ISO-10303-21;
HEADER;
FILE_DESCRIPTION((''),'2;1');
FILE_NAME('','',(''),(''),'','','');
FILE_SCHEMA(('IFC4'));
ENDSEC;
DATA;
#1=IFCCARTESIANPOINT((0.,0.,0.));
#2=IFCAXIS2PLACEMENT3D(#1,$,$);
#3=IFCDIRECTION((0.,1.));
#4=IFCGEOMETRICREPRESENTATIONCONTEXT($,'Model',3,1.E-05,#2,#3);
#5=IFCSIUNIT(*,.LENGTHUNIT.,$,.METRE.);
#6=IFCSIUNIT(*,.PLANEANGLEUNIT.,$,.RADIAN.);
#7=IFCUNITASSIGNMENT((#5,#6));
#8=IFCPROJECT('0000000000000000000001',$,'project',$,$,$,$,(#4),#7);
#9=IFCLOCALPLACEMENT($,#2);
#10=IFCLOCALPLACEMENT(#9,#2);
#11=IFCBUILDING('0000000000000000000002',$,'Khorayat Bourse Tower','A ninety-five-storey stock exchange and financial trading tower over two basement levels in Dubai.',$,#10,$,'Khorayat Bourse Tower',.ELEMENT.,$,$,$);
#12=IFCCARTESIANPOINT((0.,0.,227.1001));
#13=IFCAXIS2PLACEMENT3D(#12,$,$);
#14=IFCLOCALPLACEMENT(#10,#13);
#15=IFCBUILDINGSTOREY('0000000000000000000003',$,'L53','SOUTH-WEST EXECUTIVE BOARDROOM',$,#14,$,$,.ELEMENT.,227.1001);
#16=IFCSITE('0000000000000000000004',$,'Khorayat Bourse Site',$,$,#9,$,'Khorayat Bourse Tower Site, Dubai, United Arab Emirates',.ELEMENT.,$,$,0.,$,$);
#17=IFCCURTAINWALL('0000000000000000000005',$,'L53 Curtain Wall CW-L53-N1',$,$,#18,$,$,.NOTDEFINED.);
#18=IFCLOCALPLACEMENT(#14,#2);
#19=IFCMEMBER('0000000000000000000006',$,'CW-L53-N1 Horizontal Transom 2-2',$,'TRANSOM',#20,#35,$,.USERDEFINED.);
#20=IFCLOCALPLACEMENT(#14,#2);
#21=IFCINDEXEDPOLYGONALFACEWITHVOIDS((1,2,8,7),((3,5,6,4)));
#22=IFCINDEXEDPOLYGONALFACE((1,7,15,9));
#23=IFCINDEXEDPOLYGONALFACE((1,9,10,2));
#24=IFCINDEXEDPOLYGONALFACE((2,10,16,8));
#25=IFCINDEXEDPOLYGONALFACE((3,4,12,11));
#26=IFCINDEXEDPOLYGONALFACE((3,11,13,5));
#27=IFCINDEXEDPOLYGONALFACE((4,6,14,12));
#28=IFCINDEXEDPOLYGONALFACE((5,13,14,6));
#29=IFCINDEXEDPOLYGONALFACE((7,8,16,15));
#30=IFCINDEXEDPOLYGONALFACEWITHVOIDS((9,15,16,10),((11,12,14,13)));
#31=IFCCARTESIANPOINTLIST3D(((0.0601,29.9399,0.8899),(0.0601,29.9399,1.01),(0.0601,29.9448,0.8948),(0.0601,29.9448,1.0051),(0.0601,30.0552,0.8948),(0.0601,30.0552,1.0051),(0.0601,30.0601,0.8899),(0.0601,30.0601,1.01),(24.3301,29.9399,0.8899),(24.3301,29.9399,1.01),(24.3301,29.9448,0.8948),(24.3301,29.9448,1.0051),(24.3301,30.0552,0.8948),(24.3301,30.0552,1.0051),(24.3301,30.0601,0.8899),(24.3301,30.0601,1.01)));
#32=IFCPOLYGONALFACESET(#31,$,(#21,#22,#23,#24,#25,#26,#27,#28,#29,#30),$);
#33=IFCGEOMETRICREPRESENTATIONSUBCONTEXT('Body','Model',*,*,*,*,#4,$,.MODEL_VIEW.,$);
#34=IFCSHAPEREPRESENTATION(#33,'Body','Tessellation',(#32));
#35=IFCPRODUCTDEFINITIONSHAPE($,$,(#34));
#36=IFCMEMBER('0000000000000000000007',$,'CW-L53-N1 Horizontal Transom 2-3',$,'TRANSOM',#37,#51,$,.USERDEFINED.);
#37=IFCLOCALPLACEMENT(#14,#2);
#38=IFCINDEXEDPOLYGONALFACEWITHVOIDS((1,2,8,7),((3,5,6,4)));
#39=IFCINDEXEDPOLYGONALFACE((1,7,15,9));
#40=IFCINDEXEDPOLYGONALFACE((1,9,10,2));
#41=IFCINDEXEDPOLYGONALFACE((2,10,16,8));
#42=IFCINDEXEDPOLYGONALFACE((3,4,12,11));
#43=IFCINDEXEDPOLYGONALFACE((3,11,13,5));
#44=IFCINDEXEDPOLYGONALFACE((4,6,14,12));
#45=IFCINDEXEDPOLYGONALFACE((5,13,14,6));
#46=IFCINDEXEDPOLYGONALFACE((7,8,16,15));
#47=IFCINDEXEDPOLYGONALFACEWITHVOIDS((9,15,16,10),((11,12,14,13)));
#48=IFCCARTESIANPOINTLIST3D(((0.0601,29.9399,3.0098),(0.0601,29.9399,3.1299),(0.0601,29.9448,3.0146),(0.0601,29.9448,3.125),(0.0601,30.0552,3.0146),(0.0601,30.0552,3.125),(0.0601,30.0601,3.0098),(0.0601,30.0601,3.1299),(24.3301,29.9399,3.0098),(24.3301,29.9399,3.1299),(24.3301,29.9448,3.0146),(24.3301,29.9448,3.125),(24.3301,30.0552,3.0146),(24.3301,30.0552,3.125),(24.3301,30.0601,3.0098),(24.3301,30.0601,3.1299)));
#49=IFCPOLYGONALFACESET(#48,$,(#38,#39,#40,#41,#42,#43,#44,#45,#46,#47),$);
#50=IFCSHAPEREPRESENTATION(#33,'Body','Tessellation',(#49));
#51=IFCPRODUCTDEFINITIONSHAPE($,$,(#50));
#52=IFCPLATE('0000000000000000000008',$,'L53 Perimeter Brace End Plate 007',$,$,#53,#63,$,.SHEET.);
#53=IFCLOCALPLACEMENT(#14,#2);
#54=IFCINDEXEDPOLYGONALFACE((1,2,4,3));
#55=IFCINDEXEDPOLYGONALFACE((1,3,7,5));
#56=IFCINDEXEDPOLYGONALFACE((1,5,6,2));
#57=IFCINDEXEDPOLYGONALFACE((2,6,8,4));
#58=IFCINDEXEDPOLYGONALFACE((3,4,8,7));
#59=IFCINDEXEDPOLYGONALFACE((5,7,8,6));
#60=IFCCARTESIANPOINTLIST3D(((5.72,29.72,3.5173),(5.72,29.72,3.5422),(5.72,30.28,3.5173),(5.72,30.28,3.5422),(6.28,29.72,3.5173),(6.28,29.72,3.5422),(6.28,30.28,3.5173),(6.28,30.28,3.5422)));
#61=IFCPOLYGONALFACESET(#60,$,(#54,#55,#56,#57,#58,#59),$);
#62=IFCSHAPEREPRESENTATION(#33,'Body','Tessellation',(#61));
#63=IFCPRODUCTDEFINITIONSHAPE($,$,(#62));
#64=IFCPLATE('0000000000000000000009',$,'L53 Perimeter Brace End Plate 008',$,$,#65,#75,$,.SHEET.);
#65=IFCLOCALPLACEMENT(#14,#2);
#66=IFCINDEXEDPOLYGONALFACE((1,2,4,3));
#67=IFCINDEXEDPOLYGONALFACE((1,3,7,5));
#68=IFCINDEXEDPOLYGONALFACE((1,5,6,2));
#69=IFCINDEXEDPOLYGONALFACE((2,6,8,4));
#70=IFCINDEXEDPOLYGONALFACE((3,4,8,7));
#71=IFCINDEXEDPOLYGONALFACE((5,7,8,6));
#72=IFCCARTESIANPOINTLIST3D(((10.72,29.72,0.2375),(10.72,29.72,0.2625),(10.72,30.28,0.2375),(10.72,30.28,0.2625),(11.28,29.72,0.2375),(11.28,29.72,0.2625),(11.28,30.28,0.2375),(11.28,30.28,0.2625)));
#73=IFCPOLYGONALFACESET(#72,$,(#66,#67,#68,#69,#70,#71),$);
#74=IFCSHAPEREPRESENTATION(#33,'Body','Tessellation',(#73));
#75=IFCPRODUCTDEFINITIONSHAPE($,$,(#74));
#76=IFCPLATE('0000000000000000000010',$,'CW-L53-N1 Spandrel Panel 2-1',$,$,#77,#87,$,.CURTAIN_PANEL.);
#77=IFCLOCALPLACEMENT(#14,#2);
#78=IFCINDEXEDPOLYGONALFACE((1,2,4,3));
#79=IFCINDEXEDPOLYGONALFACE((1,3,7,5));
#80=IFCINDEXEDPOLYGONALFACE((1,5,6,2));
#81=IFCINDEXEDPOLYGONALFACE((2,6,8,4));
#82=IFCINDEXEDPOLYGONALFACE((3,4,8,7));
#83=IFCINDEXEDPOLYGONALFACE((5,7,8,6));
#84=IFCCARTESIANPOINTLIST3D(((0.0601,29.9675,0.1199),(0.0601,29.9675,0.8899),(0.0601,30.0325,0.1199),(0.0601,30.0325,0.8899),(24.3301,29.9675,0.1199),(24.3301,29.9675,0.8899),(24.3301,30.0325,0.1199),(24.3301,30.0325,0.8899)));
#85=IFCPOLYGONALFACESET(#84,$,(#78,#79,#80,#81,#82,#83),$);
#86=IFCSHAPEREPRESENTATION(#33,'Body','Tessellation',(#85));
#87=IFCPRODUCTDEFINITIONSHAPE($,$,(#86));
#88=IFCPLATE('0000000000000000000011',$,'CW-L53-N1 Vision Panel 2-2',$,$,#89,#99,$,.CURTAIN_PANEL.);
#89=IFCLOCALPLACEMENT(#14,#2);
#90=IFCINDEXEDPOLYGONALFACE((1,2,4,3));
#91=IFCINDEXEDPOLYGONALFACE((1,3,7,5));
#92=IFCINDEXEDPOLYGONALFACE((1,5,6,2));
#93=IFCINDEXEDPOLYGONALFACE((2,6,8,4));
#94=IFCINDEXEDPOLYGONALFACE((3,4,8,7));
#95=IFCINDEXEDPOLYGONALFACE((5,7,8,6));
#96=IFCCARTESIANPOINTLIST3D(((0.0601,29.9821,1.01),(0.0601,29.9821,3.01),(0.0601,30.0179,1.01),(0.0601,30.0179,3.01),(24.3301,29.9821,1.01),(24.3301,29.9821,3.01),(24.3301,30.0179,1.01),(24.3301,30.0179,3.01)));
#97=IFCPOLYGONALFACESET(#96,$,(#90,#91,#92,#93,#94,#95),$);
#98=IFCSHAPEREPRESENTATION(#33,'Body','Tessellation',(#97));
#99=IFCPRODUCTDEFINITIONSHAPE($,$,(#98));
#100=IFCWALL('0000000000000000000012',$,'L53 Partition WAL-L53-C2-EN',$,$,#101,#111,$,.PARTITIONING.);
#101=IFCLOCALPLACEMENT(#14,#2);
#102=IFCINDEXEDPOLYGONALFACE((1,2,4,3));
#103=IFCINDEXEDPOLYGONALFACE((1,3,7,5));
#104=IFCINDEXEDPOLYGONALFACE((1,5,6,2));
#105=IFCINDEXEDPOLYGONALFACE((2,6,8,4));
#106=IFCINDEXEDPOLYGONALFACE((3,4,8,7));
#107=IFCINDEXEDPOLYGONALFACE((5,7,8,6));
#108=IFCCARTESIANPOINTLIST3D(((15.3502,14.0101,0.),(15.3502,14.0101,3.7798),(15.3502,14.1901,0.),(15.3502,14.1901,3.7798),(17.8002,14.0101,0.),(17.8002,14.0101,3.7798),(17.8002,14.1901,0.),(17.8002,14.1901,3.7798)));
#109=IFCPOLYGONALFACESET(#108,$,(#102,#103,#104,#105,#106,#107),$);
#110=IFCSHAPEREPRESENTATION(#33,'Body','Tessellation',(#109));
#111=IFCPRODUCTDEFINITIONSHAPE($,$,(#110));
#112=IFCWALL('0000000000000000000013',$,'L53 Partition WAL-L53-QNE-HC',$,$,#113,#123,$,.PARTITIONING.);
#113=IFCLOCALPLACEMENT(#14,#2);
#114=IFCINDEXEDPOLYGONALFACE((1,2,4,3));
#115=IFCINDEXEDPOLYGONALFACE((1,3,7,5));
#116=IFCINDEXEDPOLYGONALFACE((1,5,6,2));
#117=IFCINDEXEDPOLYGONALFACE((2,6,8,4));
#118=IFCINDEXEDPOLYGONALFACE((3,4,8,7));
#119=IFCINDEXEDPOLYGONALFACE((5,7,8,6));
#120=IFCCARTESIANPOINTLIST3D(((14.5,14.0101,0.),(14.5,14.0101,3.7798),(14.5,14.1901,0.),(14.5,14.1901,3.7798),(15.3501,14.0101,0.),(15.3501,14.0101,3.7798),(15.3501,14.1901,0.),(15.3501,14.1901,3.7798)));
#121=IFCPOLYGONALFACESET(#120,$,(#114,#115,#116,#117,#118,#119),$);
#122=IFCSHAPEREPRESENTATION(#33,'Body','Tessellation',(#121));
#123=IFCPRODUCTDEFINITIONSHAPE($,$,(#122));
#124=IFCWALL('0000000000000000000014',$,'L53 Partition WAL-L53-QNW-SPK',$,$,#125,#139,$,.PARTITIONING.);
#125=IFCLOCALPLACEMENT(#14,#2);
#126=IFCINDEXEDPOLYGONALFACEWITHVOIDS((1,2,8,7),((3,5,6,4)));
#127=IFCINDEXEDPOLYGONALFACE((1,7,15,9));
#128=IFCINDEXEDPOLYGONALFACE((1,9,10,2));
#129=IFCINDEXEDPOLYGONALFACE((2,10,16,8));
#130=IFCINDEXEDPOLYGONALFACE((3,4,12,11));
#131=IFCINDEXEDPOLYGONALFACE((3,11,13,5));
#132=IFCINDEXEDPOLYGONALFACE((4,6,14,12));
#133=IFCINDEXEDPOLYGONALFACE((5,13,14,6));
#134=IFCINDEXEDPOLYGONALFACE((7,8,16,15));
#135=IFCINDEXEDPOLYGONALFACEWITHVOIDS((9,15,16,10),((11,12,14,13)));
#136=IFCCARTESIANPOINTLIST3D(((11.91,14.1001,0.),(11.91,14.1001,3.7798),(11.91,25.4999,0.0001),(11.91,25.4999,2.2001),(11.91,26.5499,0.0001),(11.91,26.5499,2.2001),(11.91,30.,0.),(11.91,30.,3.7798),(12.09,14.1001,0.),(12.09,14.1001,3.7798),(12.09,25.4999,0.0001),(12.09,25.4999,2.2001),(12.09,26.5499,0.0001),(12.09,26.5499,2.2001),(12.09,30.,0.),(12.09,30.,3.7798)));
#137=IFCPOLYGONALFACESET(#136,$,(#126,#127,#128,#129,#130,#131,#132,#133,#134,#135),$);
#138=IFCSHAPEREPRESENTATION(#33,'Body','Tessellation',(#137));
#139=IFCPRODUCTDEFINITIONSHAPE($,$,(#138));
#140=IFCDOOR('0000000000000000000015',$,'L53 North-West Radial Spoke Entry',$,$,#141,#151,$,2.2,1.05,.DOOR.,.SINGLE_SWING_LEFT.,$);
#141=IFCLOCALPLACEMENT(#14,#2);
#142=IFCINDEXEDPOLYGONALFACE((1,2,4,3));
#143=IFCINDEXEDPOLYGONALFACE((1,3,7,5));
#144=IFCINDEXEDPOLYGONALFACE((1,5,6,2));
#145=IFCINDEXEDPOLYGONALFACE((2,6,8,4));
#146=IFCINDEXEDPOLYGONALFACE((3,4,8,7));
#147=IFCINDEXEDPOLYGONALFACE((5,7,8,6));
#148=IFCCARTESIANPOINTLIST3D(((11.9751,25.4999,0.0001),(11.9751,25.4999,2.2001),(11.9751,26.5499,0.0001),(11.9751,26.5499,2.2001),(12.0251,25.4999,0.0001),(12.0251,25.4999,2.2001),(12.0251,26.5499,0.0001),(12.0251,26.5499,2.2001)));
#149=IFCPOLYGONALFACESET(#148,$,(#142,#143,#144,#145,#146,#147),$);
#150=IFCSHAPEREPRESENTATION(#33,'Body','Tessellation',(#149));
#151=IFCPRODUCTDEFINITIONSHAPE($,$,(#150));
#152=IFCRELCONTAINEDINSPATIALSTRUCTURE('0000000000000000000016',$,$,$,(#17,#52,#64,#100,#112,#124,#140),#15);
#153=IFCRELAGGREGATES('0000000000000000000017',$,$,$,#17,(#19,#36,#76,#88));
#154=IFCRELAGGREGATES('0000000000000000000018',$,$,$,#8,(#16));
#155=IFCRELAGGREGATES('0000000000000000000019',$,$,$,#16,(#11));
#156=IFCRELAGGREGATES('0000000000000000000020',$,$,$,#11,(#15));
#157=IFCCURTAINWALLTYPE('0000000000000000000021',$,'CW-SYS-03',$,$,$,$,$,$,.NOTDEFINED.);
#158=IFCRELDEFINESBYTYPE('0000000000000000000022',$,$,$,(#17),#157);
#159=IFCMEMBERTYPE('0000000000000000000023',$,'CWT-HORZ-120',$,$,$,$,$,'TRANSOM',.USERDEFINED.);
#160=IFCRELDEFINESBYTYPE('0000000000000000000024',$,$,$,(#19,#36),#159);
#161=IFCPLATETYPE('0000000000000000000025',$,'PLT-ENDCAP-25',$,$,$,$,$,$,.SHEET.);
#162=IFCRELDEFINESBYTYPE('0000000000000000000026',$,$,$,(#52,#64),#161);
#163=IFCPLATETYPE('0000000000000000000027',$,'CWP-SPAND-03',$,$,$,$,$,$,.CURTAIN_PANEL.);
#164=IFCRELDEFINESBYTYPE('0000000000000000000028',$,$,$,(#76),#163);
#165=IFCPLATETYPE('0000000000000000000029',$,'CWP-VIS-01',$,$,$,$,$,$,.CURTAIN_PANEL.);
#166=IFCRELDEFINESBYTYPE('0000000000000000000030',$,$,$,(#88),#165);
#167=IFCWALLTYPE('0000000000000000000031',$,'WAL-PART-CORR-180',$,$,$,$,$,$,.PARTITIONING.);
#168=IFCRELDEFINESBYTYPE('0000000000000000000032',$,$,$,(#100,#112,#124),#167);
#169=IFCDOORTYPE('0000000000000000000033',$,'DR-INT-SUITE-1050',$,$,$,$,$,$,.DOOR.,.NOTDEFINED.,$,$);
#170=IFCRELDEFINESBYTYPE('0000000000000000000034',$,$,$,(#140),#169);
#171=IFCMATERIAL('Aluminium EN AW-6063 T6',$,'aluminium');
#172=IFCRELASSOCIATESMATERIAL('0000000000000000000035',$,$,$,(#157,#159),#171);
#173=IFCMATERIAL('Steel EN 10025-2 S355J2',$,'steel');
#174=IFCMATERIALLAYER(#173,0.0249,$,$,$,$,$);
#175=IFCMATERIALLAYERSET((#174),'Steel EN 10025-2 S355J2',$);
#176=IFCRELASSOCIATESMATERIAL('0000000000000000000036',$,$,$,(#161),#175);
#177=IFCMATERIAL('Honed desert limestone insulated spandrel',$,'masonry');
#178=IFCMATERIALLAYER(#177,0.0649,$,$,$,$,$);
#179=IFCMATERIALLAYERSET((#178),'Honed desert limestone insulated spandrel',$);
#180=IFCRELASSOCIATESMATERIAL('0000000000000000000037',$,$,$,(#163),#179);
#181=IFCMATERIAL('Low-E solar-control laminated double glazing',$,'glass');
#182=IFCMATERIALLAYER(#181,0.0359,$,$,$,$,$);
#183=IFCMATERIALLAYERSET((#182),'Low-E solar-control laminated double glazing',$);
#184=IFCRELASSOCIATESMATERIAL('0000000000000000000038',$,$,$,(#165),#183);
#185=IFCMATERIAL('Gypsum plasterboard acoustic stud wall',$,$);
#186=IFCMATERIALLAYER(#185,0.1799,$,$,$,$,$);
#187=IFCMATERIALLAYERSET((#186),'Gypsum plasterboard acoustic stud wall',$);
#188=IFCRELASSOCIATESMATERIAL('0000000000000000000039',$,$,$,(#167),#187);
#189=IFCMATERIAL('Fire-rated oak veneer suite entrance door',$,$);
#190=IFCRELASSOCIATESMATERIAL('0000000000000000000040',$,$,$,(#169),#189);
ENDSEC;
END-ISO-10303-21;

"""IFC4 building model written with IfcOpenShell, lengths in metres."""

from ifc_helpers import new_model, si_unit, direction, frame, frame_2d, origin, origin_2d, place, context, subcontext, project, spatial, rectangle, hollow_rectangle, extrude, source, transform, mapped, material, layer, layer_set, material_profile, profile_set, type_object, element, fill, aggregate, save


model = new_model("IFC4")

# Units and contexts
model_context = context("Model", 3, precision=1e-05, world=origin(), true_north=direction((0.0, 1.0)))
body_context = subcontext(model_context, "Body", "Model", "MODEL_VIEW")
ifc_project = project(units=[si_unit("LENGTHUNIT", "METRE"), si_unit("PLANEANGLEUNIT", "RADIAN")], contexts=[model_context])

# Site, building, storey
site_placement = place(None, origin())
site = spatial("IfcSite", under=ifc_project, at=site_placement, Name="Khorayat Bourse Site", LongName="Khorayat Bourse Tower Site, Dubai, United Arab Emirates", CompositionType="ELEMENT", RefElevation=0.0)
building_placement = place(site_placement, origin())
building = spatial("IfcBuilding", under=site, at=building_placement, Name="Khorayat Bourse Tower", Description="A ninety-five-storey stock exchange and financial trading tower over two basement levels in Dubai.", LongName="Khorayat Bourse Tower", CompositionType="ELEMENT")
storey_placement = place(building_placement, frame((0.0, 0.0, 227.1001)))
storey = spatial("IfcBuildingStorey", under=building, at=storey_placement, Name="L53", Description="SOUTH-WEST EXECUTIVE BOARDROOM", CompositionType="ELEMENT", Elevation=227.1001)

# Curtain wall, members
ifc_material_1 = material(Name="Aluminium EN AW-6063 T6", Category="aluminium")
curtain_wall_type = type_object("IfcCurtainWallType", Name="CW-SYS-03", PredefinedType="NOTDEFINED", material=ifc_material_1)
curtain_wall_placement = place(storey_placement, origin())
curtain_wall = element("IfcCurtainWall", 1, at=curtain_wall_placement, inside=storey, type_object=curtain_wall_type, Name="L53 Curtain Wall CW-L53-N1", PredefinedType="NOTDEFINED")
ifc_material_profile_1 = material_profile(ifc_material_1, hollow_rectangle(XDim=0.1201, YDim=0.1201, WallThickness=0.0049, at=origin_2d()), Name="ALU 120x120x5")
ifc_profile_set_1 = profile_set([ifc_material_profile_1], Name="Aluminium EN AW-6063 T6")
member_type_1 = type_object("IfcMemberType", Name="CWT-HORZ-120", ElementType="TRANSOM", PredefinedType="USERDEFINED", material=ifc_profile_set_1)
shared_shape_1 = source(origin(), body_context, "Body", "SweptSolid", [
    extrude(hollow_rectangle(XDim=0.1201, YDim=0.1201, WallThickness=0.0049, at=origin_2d()), origin(), (0.0, 0.0, 1.0), 24.27),
])
member_1_placement = place(storey_placement, frame((0.0601, 30.0, 0.95), z_axis=(1.0, 0.0, 0.0), x_axis=(0.0, 1.0, 0.0)))
member_1 = element("IfcMember", 2, at=member_1_placement, type_object=member_type_1, Name="CW-L53-N1 Horizontal Transom 2-2", ObjectType="TRANSOM", PredefinedType="USERDEFINED", context=body_context, shape_type="MappedRepresentation", body=[
    mapped(shared_shape_1, transform((0.0, 0.0, 0.0), scale=1.0)),
])
member_2_placement = place(storey_placement, frame((0.0601, 30.0, 3.0698), z_axis=(1.0, 0.0, 0.0), x_axis=(0.0, 1.0, 0.0)))
member_2 = element("IfcMember", 3, at=member_2_placement, type_object=member_type_1, Name="CW-L53-N1 Horizontal Transom 2-3", ObjectType="TRANSOM", PredefinedType="USERDEFINED", context=body_context, shape_type="MappedRepresentation", body=[
    mapped(shared_shape_1, transform((0.0, 0.0, 0.0), scale=1.0)),
])

# Plates
ifc_material_2 = material(Name="Steel EN 10025-2 S355J2", Category="steel")
ifc_layer_1 = layer(ifc_material_2, 0.0249)
ifc_layer_set_1 = layer_set([ifc_layer_1], Name="Steel EN 10025-2 S355J2")
plate_type_1 = type_object("IfcPlateType", Name="PLT-ENDCAP-25", PredefinedType="SHEET", material=ifc_layer_set_1)
shared_shape_2 = source(origin(), body_context, "Body", "SweptSolid", [
    extrude(rectangle(XDim=0.5601, YDim=0.5601, at=origin_2d()), origin(), (0.0, 0.0, 1.0), 0.0249),
])
for number, where, z_axis, x_axis, name in (
    (4, (6.0, 30.0, 3.5173), (0.0, 0.0, 1.0), (1.0, 0.0, 0.0), "L53 Perimeter Brace End Plate 007"),
    (5, (11.0, 30.0, 0.2375), (0.0, 0.0, 1.0), (1.0, 0.0, 0.0), "L53 Perimeter Brace End Plate 008"),
):
    element("IfcPlate", number, at=place(storey_placement, frame(where, z_axis=z_axis, x_axis=x_axis)), inside=storey, type_object=plate_type_1, Name=name, PredefinedType="SHEET", context=body_context, shape_type="MappedRepresentation", body=[
        mapped(shared_shape_2, transform((0.0, 0.0, 0.0), scale=1.0)),
    ])

# Plates
ifc_material_3 = material(Name="Honed desert limestone insulated spandrel", Category="masonry")
ifc_layer_2 = layer(ifc_material_3, 0.0649)
ifc_layer_set_2 = layer_set([ifc_layer_2], Name="Honed desert limestone insulated spandrel")
plate_type_2 = type_object("IfcPlateType", Name="CWP-SPAND-03", PredefinedType="CURTAIN_PANEL", material=ifc_layer_set_2)
shared_shape_3 = source(origin(), body_context, "Body", "SweptSolid", [
    extrude(rectangle(XDim=24.27, YDim=0.0649, at=origin_2d()), origin(), (0.0, 0.0, 1.0), 0.77),
])
plate_1_placement = place(storey_placement, frame((12.1951, 30.0, 0.1199), z_axis=(0.0, 0.0, 1.0), x_axis=(1.0, 0.0, 0.0)))
plate_1 = element("IfcPlate", 6, at=plate_1_placement, type_object=plate_type_2, Name="CW-L53-N1 Spandrel Panel 2-1", PredefinedType="CURTAIN_PANEL", context=body_context, shape_type="MappedRepresentation", body=[
    mapped(shared_shape_3, transform((0.0, 0.0, 0.0), scale=1.0)),
])
ifc_material_4 = material(Name="Low-E solar-control laminated double glazing", Category="glass")
ifc_layer_3 = layer(ifc_material_4, 0.0359)
ifc_layer_set_3 = layer_set([ifc_layer_3], Name="Low-E solar-control laminated double glazing")
plate_type_3 = type_object("IfcPlateType", Name="CWP-VIS-01", PredefinedType="CURTAIN_PANEL", material=ifc_layer_set_3)
shared_shape_4 = source(origin(), body_context, "Body", "SweptSolid", [
    extrude(rectangle(XDim=24.27, YDim=0.0359, at=origin_2d()), origin(), (0.0, 0.0, 1.0), 2.0),
])
plate_2_placement = place(storey_placement, frame((12.1951, 30.0, 1.01), z_axis=(0.0, 0.0, 1.0), x_axis=(1.0, 0.0, 0.0)))
plate_2 = element("IfcPlate", 7, at=plate_2_placement, type_object=plate_type_3, Name="CW-L53-N1 Vision Panel 2-2", PredefinedType="CURTAIN_PANEL", context=body_context, shape_type="MappedRepresentation", body=[
    mapped(shared_shape_4, transform((0.0, 0.0, 0.0), scale=1.0)),
])
aggregate(curtain_wall, [member_1, member_2, plate_1, plate_2])

# Walls
ifc_material_5 = material(Name="Gypsum plasterboard acoustic stud wall")
ifc_layer_4 = layer(ifc_material_5, 0.1799)
ifc_layer_set_4 = layer_set([ifc_layer_4], Name="Gypsum plasterboard acoustic stud wall")
wall_type_1 = type_object("IfcWallType", Name="WAL-PART-CORR-180", PredefinedType="PARTITIONING", material=ifc_layer_set_4)
shared_shape_5 = source(origin(), body_context, "Body", "SweptSolid", [
    extrude(rectangle(XDim=2.45, YDim=0.1799, at=frame_2d((1.2251, 0.0))), origin(), (0.0, 0.0, 1.0), 3.7798),
])
wall_1_placement = place(storey_placement, frame((15.3501, 14.1001, 0.0), z_axis=(0.0, 0.0, 1.0), x_axis=(1.0, 0.0, 0.0)))
element("IfcWall", 8, at=wall_1_placement, inside=storey, type_object=wall_type_1, Name="L53 Partition WAL-L53-C2-EN", PredefinedType="PARTITIONING", context=body_context, shape_type="MappedRepresentation", body=[
    mapped(shared_shape_5, transform((0.0, 0.0, 0.0), scale=1.0)),
])
shared_shape_6 = source(origin(), body_context, "Body", "SweptSolid", [
    extrude(rectangle(XDim=0.8501, YDim=0.1799, at=frame_2d((0.425, 0.0))), origin(), (0.0, 0.0, 1.0), 3.7798),
])
wall_2_placement = place(storey_placement, frame((14.5, 14.1001, 0.0), z_axis=(0.0, 0.0, 1.0), x_axis=(1.0, 0.0, 0.0)))
element("IfcWall", 9, at=wall_2_placement, inside=storey, type_object=wall_type_1, Name="L53 Partition WAL-L53-QNE-HC", PredefinedType="PARTITIONING", context=body_context, shape_type="MappedRepresentation", body=[
    mapped(shared_shape_6, transform((0.0, 0.0, 0.0), scale=1.0)),
])

# Wall, opening, door
shared_shape_7 = source(origin(), body_context, "Body", "SweptSolid", [
    extrude(rectangle(XDim=15.8999, YDim=0.1799, at=frame_2d((7.95, 0.0))), origin(), (0.0, 0.0, 1.0), 3.7798),
])
wall_3_placement = place(storey_placement, frame((12.0, 14.1001, 0.0), z_axis=(0.0, 0.0, 1.0), x_axis=(0.0, 1.0, 0.0)))
wall_3 = element("IfcWall", 10, at=wall_3_placement, inside=storey, type_object=wall_type_1, Name="L53 Partition WAL-L53-QNW-SPK", PredefinedType="PARTITIONING", context=body_context, shape_type="MappedRepresentation", body=[
    mapped(shared_shape_7, transform((0.0, 0.0, 0.0), scale=1.0)),
])
shared_shape_8 = source(origin(), body_context, "Body", "SweptSolid", [
    extrude(rectangle(XDim=1.05, YDim=2.2, at=frame_2d((0.5249, 1.1001))), frame((0.0, 0.0999, 0.0), z_axis=(0.0, -1.0, 0.0), x_axis=(1.0, 0.0, 0.0)), (0.0, 0.0, 1.0), 0.2),
])
opening_1_placement = place(wall_3_placement, frame((11.3999, 0.0, 0.0)))
opening_1 = element("IfcOpeningElement", 11, at=opening_1_placement, cuts=wall_3, PredefinedType="OPENING", context=body_context, shape_type="MappedRepresentation", body=[
    mapped(shared_shape_8, transform((0.0, 0.0, 0.0), scale=1.0)),
])
ifc_material_6 = material(Name="Fire-rated oak veneer suite entrance door")
door_type_1 = type_object("IfcDoorType", Name="DR-INT-SUITE-1050", OperationType="NOTDEFINED", PredefinedType="DOOR", material=ifc_material_6)
shared_shape_9 = source(origin(), body_context, "Body", "SweptSolid", [
    extrude(rectangle(XDim=1.05, YDim=2.2, at=frame_2d((0.5249, 1.1001))), frame((0.0, 0.0249, 0.0), z_axis=(0.0, -1.0, 0.0), x_axis=(1.0, 0.0, 0.0)), (0.0, 0.0, 1.0), 0.05),
])
door_1_placement = place(opening_1_placement, origin())
door_1 = element("IfcDoor", 12, at=door_1_placement, inside=storey, type_object=door_type_1, Name="L53 North-West Radial Spoke Entry", OperationType="SINGLE_SWING_LEFT", OverallHeight=2.2, OverallWidth=1.05, PredefinedType="DOOR", context=body_context, shape_type="MappedRepresentation", body=[
    mapped(shared_shape_9, transform((0.0, 0.0, 0.0), scale=1.0)),
])
fill(opening_1, door_1)

save(model, "model.ifc")
